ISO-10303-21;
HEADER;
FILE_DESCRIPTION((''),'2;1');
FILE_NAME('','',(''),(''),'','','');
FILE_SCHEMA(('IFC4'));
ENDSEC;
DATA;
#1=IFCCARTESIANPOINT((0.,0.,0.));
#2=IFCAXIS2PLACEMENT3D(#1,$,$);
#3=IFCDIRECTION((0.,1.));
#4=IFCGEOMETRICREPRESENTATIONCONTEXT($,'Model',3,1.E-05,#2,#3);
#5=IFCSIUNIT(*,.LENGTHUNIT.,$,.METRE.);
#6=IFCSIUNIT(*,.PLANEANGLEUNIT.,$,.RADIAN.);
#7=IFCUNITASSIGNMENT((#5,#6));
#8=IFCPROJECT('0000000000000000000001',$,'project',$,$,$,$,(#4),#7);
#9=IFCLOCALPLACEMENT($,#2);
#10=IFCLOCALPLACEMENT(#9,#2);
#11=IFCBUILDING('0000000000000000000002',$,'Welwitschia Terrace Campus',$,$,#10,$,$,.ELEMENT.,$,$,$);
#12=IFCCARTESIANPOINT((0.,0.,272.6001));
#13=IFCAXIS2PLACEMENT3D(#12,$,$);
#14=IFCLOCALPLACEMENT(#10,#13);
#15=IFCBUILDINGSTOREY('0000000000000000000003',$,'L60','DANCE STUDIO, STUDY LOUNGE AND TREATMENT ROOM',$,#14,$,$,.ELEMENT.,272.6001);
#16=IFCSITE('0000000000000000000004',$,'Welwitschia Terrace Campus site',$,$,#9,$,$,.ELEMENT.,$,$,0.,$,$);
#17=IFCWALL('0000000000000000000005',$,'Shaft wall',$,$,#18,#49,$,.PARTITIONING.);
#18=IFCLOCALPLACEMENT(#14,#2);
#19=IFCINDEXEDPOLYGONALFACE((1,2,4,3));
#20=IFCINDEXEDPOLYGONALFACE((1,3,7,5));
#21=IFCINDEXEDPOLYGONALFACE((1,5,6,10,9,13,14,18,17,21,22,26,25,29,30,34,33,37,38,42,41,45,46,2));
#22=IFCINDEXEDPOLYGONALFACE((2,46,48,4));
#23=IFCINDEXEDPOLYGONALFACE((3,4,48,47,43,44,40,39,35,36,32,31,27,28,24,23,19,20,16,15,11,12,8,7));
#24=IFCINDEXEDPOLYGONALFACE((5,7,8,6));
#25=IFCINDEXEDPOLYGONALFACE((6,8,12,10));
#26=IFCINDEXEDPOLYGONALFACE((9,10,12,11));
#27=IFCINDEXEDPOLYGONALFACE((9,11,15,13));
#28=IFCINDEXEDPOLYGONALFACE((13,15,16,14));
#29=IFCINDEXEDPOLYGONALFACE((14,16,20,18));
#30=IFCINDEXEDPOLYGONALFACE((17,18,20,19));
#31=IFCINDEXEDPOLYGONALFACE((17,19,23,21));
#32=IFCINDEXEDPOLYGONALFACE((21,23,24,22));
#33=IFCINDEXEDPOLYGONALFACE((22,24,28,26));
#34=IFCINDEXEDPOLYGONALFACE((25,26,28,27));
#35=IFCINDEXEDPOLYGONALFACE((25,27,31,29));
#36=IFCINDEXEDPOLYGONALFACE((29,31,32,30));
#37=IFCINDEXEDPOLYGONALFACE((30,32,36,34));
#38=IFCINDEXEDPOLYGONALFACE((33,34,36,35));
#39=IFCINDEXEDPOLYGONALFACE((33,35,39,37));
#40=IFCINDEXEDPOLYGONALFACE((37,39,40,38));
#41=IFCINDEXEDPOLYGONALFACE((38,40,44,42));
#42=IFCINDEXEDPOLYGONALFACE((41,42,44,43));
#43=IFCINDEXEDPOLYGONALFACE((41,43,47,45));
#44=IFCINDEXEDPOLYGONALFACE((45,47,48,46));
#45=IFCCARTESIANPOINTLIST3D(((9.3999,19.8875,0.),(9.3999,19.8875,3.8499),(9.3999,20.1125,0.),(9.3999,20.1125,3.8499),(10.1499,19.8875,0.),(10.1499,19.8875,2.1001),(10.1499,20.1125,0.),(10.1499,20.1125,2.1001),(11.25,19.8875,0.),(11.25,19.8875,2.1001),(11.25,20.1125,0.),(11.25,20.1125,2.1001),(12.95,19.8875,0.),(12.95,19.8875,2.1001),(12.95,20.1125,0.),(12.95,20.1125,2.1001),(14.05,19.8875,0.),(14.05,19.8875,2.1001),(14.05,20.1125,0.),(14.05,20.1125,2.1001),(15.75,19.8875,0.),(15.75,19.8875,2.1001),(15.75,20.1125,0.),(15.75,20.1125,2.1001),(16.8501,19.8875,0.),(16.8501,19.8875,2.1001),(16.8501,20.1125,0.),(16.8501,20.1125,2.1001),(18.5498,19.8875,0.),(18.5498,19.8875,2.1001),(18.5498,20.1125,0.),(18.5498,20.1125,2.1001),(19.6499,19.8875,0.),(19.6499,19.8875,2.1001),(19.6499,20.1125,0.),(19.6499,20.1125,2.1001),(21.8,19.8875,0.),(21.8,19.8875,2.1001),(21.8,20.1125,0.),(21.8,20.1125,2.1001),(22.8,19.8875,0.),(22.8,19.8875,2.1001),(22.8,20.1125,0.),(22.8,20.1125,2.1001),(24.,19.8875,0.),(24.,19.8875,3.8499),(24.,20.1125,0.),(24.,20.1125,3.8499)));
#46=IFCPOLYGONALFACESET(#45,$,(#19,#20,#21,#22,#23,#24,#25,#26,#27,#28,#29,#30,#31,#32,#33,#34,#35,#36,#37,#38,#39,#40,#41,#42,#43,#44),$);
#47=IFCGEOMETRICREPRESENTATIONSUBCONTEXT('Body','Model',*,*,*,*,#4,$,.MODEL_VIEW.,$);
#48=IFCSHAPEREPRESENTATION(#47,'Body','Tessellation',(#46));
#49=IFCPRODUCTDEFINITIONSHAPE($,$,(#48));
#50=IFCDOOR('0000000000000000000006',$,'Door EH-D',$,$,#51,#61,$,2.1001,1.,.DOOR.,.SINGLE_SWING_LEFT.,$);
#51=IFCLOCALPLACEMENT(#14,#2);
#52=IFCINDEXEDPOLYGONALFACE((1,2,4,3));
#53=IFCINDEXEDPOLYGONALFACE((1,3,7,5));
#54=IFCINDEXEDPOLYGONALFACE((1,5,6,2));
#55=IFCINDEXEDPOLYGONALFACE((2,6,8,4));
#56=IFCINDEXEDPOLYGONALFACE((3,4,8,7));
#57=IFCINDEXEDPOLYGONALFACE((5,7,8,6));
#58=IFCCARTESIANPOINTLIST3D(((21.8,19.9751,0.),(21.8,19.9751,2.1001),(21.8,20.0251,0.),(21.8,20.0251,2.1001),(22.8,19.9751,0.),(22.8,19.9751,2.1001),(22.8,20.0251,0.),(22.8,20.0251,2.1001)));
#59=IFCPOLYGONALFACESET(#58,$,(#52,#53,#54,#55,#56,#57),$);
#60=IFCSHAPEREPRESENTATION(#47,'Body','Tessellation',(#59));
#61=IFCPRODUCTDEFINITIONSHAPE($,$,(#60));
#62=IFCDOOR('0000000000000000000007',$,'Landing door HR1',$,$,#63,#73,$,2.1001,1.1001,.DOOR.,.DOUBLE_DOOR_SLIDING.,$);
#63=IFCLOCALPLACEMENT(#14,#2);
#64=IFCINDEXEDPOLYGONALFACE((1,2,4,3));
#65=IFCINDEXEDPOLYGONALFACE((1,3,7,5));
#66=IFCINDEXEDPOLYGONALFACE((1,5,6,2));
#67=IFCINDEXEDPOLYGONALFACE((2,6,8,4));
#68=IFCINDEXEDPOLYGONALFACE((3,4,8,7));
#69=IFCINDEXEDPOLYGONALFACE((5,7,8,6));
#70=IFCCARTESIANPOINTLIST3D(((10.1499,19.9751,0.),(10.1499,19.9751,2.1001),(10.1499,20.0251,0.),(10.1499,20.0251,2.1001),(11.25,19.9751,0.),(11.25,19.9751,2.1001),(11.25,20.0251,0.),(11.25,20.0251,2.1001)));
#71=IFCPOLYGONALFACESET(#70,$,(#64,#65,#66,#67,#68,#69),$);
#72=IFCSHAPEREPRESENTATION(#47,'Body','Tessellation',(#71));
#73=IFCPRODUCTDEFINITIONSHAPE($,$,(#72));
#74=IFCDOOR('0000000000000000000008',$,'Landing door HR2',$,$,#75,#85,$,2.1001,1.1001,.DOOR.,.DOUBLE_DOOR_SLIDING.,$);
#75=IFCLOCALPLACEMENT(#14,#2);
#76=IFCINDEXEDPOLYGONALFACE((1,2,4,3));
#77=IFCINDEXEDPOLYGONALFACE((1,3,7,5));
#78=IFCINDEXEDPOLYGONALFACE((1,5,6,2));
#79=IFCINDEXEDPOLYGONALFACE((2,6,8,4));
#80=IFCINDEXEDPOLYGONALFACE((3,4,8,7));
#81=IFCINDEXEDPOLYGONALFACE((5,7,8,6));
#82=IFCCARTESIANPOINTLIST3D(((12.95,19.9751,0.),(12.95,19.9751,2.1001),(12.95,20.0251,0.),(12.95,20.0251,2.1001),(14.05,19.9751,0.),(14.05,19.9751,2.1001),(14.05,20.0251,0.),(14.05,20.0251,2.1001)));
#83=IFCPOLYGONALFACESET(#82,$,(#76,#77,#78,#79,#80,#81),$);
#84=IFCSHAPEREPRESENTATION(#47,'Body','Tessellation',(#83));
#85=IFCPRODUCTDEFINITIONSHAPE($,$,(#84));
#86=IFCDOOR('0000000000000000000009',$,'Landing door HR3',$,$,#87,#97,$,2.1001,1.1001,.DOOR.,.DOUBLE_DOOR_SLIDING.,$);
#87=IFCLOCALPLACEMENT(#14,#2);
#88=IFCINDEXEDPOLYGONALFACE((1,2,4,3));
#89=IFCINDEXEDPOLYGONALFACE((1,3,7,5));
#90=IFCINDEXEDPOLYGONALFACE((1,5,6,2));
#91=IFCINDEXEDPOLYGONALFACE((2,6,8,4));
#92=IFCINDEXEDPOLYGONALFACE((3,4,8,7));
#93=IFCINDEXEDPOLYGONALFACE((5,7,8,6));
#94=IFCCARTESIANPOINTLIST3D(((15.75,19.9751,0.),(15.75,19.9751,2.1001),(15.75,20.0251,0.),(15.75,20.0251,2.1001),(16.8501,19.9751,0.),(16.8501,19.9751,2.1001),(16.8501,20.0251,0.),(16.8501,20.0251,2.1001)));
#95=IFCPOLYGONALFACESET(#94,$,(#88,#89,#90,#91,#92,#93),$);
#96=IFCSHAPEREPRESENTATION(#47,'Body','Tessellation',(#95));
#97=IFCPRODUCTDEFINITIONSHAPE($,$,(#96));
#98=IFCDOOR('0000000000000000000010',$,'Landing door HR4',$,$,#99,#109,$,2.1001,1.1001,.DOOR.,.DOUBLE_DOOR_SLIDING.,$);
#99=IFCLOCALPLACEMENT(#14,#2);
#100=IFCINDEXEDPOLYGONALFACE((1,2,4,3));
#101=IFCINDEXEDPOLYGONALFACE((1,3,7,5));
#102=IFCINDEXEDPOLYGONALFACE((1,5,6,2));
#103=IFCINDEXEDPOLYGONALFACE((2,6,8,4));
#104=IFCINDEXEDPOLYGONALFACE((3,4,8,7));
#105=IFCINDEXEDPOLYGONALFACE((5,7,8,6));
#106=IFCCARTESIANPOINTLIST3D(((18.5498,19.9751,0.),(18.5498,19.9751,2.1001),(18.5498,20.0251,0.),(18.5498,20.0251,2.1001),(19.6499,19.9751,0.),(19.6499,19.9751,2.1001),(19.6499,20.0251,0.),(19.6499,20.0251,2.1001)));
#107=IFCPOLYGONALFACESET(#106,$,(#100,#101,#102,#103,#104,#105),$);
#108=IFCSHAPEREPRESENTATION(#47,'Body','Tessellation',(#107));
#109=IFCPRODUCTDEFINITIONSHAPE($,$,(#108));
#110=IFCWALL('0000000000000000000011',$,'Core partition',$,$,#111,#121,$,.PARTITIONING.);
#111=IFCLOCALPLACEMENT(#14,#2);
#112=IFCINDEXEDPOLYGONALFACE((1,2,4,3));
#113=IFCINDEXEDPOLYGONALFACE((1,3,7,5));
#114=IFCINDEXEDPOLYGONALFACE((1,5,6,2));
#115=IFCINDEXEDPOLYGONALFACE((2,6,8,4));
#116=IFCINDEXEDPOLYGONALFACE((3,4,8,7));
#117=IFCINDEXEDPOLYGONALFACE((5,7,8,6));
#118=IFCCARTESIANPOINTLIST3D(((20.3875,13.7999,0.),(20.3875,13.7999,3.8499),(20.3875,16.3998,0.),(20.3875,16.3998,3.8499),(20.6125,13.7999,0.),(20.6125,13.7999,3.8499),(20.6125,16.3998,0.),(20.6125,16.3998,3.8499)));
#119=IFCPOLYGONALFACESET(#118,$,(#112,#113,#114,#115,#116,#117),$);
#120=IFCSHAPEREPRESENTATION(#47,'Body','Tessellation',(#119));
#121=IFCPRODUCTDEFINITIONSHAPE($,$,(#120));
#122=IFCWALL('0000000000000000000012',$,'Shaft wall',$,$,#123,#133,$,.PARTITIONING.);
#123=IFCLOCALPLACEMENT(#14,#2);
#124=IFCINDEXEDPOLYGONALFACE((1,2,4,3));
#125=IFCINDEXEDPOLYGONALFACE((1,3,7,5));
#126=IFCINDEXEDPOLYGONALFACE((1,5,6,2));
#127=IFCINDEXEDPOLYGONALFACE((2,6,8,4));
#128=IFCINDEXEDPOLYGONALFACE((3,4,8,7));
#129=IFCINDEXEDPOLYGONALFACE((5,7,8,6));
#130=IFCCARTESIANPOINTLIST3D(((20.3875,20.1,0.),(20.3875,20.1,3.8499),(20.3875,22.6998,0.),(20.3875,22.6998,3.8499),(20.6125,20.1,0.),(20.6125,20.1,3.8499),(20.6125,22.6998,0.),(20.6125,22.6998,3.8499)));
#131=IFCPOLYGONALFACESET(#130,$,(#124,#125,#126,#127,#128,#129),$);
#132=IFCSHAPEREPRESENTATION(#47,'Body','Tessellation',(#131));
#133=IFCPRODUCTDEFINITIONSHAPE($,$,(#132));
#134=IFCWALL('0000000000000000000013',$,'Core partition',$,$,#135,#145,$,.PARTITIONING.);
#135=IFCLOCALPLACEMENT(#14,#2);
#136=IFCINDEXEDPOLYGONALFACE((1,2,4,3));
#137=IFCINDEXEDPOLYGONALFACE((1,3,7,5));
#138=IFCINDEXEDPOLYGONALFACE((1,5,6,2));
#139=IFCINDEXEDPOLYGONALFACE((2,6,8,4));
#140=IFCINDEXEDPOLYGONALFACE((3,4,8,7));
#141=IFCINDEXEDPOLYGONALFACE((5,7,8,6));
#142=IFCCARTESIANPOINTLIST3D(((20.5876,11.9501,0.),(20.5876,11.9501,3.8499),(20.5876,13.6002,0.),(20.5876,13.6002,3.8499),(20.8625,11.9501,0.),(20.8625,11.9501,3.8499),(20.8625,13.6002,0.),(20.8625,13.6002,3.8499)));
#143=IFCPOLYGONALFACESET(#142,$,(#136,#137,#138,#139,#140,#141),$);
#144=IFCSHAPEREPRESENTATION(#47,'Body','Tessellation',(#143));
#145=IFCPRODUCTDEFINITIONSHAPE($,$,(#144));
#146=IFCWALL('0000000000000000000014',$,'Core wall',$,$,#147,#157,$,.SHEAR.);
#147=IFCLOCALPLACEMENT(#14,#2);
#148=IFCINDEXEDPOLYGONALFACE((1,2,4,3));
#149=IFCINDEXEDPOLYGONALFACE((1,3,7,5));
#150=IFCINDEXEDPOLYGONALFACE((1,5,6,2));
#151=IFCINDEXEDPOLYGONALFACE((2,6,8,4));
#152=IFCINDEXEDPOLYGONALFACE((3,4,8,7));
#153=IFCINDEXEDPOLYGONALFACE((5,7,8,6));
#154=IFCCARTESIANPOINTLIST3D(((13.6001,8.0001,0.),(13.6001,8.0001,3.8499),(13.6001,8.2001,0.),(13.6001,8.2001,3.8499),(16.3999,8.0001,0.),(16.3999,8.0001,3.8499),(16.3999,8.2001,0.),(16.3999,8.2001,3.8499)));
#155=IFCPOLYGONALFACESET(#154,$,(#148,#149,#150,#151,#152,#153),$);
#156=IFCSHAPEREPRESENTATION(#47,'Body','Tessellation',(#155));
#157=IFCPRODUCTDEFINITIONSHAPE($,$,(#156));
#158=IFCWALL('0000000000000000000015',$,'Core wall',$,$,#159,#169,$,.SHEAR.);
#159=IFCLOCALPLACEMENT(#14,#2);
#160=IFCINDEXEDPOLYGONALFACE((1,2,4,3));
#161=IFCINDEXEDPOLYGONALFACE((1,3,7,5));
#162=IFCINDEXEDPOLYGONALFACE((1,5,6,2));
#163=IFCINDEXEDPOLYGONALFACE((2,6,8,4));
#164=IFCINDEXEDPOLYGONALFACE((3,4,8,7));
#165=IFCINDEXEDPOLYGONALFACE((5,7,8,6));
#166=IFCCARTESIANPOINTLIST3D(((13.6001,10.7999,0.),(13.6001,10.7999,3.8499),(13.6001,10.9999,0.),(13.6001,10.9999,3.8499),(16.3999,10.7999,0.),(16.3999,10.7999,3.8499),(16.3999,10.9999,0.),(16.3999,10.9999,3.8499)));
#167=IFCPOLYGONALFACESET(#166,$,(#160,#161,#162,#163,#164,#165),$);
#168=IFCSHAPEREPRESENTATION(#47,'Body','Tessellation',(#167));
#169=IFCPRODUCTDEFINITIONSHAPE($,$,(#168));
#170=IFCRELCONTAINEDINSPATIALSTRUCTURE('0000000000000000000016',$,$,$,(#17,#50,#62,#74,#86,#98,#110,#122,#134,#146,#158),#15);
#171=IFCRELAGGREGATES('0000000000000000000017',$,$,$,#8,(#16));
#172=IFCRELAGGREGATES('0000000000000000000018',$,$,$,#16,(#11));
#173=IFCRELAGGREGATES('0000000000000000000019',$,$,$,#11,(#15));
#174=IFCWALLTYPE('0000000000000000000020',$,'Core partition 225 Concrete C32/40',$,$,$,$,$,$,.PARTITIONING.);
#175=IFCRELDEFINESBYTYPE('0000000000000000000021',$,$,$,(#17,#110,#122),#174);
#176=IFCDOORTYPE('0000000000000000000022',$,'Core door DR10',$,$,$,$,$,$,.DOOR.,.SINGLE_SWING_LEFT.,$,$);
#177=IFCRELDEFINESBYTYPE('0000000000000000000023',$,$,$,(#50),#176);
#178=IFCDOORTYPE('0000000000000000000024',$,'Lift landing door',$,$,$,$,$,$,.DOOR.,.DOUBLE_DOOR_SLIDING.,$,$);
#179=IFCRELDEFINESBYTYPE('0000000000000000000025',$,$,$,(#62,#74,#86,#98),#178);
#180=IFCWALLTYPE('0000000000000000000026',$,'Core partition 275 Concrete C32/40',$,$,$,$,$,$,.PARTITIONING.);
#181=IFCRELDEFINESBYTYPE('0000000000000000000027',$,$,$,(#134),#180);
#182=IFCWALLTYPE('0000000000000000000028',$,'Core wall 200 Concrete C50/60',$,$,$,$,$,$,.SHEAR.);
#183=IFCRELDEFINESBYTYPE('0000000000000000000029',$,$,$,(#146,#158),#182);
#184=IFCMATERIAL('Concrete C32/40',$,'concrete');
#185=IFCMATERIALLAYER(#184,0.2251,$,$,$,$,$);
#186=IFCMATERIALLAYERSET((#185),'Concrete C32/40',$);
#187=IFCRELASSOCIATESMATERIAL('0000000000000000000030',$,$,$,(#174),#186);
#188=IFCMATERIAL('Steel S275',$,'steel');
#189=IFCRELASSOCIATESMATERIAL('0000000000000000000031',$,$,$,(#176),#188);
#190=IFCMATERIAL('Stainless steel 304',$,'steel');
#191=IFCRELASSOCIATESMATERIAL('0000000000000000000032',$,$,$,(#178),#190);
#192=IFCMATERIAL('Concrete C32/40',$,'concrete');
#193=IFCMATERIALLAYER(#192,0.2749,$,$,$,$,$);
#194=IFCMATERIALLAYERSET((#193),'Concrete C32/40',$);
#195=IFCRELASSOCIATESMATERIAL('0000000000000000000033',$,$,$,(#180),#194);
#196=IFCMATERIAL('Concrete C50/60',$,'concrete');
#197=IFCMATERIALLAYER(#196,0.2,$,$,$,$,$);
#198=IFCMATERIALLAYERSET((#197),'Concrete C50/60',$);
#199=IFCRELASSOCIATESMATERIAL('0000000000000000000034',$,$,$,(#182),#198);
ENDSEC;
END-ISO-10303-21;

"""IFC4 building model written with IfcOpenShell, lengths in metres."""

from ifc_helpers import new_model, si_unit, direction, frame, frame_2d, origin, place, context, subcontext, project, spatial, rectangle, extrude, material, layer, layer_set, type_object, element, fill, save


model = new_model("IFC4")

# Units and contexts
model_context = context("Model", 3, precision=1e-05, world=origin(), true_north=direction((0.0, 1.0)))
body_context = subcontext(model_context, "Body", "Model", "MODEL_VIEW")
ifc_project = project(units=[si_unit("LENGTHUNIT", "METRE"), si_unit("PLANEANGLEUNIT", "RADIAN")], contexts=[model_context])

# Site, building, storey
site_placement = place(None, origin())
site = spatial("IfcSite", under=ifc_project, at=site_placement, Name="Welwitschia Terrace Campus site", CompositionType="ELEMENT", RefElevation=0.0)
building_placement = place(site_placement, origin())
building = spatial("IfcBuilding", under=site, at=building_placement, Name="Welwitschia Terrace Campus", CompositionType="ELEMENT")
storey_placement = place(building_placement, frame((0.0, 0.0, 272.6001)))
storey = spatial("IfcBuildingStorey", under=building, at=storey_placement, Name="L60", Description="DANCE STUDIO, STUDY LOUNGE AND TREATMENT ROOM", CompositionType="ELEMENT", Elevation=272.6001)

# Shared definitions
ifc_material_1 = material(Name="Concrete C32/40", Category="concrete")
ifc_layer_1 = layer(ifc_material_1, 0.2251)
ifc_layer_set_1 = layer_set([ifc_layer_1], Name="Concrete C32/40")
wall_type_1 = type_object("IfcWallType", Name="Core partition 225 Concrete C32/40", PredefinedType="PARTITIONING", material=ifc_layer_set_1)

# Wall, openings, doors
wall_1_placement = place(storey_placement, frame((24.0, 20.0, 0.0), z_axis=(0.0, 0.0, 1.0), x_axis=(-1.0, 0.0, 0.0)))
wall_1 = element("IfcWall", 1, at=wall_1_placement, inside=storey, type_object=wall_type_1, Name="Shaft wall", PredefinedType="PARTITIONING", context=body_context, shape_type="SweptSolid", body=[
    extrude(rectangle(XDim=14.6001, YDim=0.2251, at=frame_2d((7.3, 0.0))), origin(), (0.0, 0.0, 1.0), 3.8499),
])
opening_1_placement = place(wall_1_placement, frame((12.75, 0.0, 0.0)))
opening_1 = element("IfcOpeningElement", 2, at=opening_1_placement, cuts=wall_1, PredefinedType="OPENING", context=body_context, shape_type="SweptSolid", body=[
    extrude(rectangle(XDim=1.1001, YDim=2.1001, at=frame_2d((0.55, 1.05))), frame((0.0, 0.1226, 0.0), z_axis=(0.0, -1.0, 0.0), x_axis=(1.0, 0.0, 0.0)), (0.0, 0.0, 1.0), 0.2451),
])
opening_2_placement = place(wall_1_placement, frame((9.95, 0.0, 0.0)))
opening_2 = element("IfcOpeningElement", 3, at=opening_2_placement, cuts=wall_1, PredefinedType="OPENING", context=body_context, shape_type="SweptSolid", body=[
    extrude(rectangle(XDim=1.1001, YDim=2.1001, at=frame_2d((0.55, 1.05))), frame((0.0, 0.1226, 0.0), z_axis=(0.0, -1.0, 0.0), x_axis=(1.0, 0.0, 0.0)), (0.0, 0.0, 1.0), 0.2451),
])
opening_3_placement = place(wall_1_placement, frame((7.1499, 0.0, 0.0)))
opening_3 = element("IfcOpeningElement", 4, at=opening_3_placement, cuts=wall_1, PredefinedType="OPENING", context=body_context, shape_type="SweptSolid", body=[
    extrude(rectangle(XDim=1.1001, YDim=2.1001, at=frame_2d((0.55, 1.05))), frame((0.0, 0.1226, 0.0), z_axis=(0.0, -1.0, 0.0), x_axis=(1.0, 0.0, 0.0)), (0.0, 0.0, 1.0), 0.2451),
])
opening_4_placement = place(wall_1_placement, frame((4.3501, 0.0, 0.0)))
opening_4 = element("IfcOpeningElement", 5, at=opening_4_placement, cuts=wall_1, PredefinedType="OPENING", context=body_context, shape_type="SweptSolid", body=[
    extrude(rectangle(XDim=1.1001, YDim=2.1001, at=frame_2d((0.55, 1.05))), frame((0.0, 0.1226, 0.0), z_axis=(0.0, -1.0, 0.0), x_axis=(1.0, 0.0, 0.0)), (0.0, 0.0, 1.0), 0.2451),
])
opening_5_placement = place(wall_1_placement, frame((1.2, 0.0, 0.0)))
opening_5 = element("IfcOpeningElement", 6, at=opening_5_placement, cuts=wall_1, PredefinedType="OPENING", context=body_context, shape_type="SweptSolid", body=[
    extrude(rectangle(XDim=1.0, YDim=2.1001, at=frame_2d((0.5, 1.05))), frame((0.0, 0.1226, 0.0), z_axis=(0.0, -1.0, 0.0), x_axis=(1.0, 0.0, 0.0)), (0.0, 0.0, 1.0), 0.2451),
])
ifc_material_2 = material(Name="Steel S275", Category="steel")
door_type_1 = type_object("IfcDoorType", Name="Core door DR10", OperationType="SINGLE_SWING_LEFT", PredefinedType="DOOR", material=ifc_material_2)
door_1_placement = place(opening_5_placement, origin())
door_1 = element("IfcDoor", 7, at=door_1_placement, inside=storey, type_object=door_type_1, Name="Door EH-D", OperationType="SINGLE_SWING_LEFT", OverallHeight=2.1001, OverallWidth=1.0, PredefinedType="DOOR", context=body_context, shape_type="SweptSolid", body=[
    extrude(rectangle(XDim=1.0, YDim=2.1001, at=frame_2d((0.5, 1.05))), frame((0.0, 0.0249, 0.0), z_axis=(0.0, -1.0, 0.0), x_axis=(1.0, 0.0, 0.0)), (0.0, 0.0, 1.0), 0.05),
])
fill(opening_5, door_1)
ifc_material_3 = material(Name="Stainless steel 304", Category="steel")
door_type_2 = type_object("IfcDoorType", Name="Lift landing door", OperationType="DOUBLE_DOOR_SLIDING", PredefinedType="DOOR", material=ifc_material_3)
door_2_placement = place(opening_1_placement, origin())
door_2 = element("IfcDoor", 8, at=door_2_placement, inside=storey, type_object=door_type_2, Name="Landing door HR1", OperationType="DOUBLE_DOOR_SLIDING", OverallHeight=2.1001, OverallWidth=1.1001, PredefinedType="DOOR", context=body_context, shape_type="SweptSolid", body=[
    extrude(rectangle(XDim=1.1001, YDim=2.1001, at=frame_2d((0.55, 1.05))), frame((0.0, 0.0249, 0.0), z_axis=(0.0, -1.0, 0.0), x_axis=(1.0, 0.0, 0.0)), (0.0, 0.0, 1.0), 0.05),
])
fill(opening_1, door_2)
door_3_placement = place(opening_2_placement, origin())
door_3 = element("IfcDoor", 9, at=door_3_placement, inside=storey, type_object=door_type_2, Name="Landing door HR2", OperationType="DOUBLE_DOOR_SLIDING", OverallHeight=2.1001, OverallWidth=1.1001, PredefinedType="DOOR", context=body_context, shape_type="SweptSolid", body=[
    extrude(rectangle(XDim=1.1001, YDim=2.1001, at=frame_2d((0.55, 1.05))), frame((0.0, 0.0249, 0.0), z_axis=(0.0, -1.0, 0.0), x_axis=(1.0, 0.0, 0.0)), (0.0, 0.0, 1.0), 0.05),
])
fill(opening_2, door_3)
door_4_placement = place(opening_3_placement, origin())
door_4 = element("IfcDoor", 10, at=door_4_placement, inside=storey, type_object=door_type_2, Name="Landing door HR3", OperationType="DOUBLE_DOOR_SLIDING", OverallHeight=2.1001, OverallWidth=1.1001, PredefinedType="DOOR", context=body_context, shape_type="SweptSolid", body=[
    extrude(rectangle(XDim=1.1001, YDim=2.1001, at=frame_2d((0.55, 1.05))), frame((0.0, 0.0249, 0.0), z_axis=(0.0, -1.0, 0.0), x_axis=(1.0, 0.0, 0.0)), (0.0, 0.0, 1.0), 0.05),
])
fill(opening_3, door_4)
door_5_placement = place(opening_4_placement, origin())
door_5 = element("IfcDoor", 11, at=door_5_placement, inside=storey, type_object=door_type_2, Name="Landing door HR4", OperationType="DOUBLE_DOOR_SLIDING", OverallHeight=2.1001, OverallWidth=1.1001, PredefinedType="DOOR", context=body_context, shape_type="SweptSolid", body=[
    extrude(rectangle(XDim=1.1001, YDim=2.1001, at=frame_2d((0.55, 1.05))), frame((0.0, 0.0249, 0.0), z_axis=(0.0, -1.0, 0.0), x_axis=(1.0, 0.0, 0.0)), (0.0, 0.0, 1.0), 0.05),
])
fill(opening_4, door_5)

# Walls
for number, where, z_axis, x_axis, name in (
    (12, (20.5, 13.8, 0.0), (0.0, 0.0, 1.0), (0.0, 1.0, 0.0), "Core partition"),
    (13, (20.5, 20.1001, 0.0), (0.0, 0.0, 1.0), (0.0, 1.0, 0.0), "Shaft wall"),
):
    element("IfcWall", number, at=place(storey_placement, frame(where, z_axis=z_axis, x_axis=x_axis)), inside=storey, type_object=wall_type_1, Name=name, PredefinedType="PARTITIONING", context=body_context, shape_type="SweptSolid", body=[
        extrude(rectangle(XDim=2.5999, YDim=0.2251, at=frame_2d((1.2998, 0.0))), origin(), (0.0, 0.0, 1.0), 3.8499),
    ])
ifc_material_4 = material(Name="Concrete C32/40", Category="concrete")
ifc_layer_2 = layer(ifc_material_4, 0.2749)
ifc_layer_set_2 = layer_set([ifc_layer_2], Name="Concrete C32/40")
wall_type_2 = type_object("IfcWallType", Name="Core partition 275 Concrete C32/40", PredefinedType="PARTITIONING", material=ifc_layer_set_2)
wall_2_placement = place(storey_placement, frame((20.7251, 11.95, 0.0), z_axis=(0.0, 0.0, 1.0), x_axis=(0.0, 1.0, 0.0)))
element("IfcWall", 14, at=wall_2_placement, inside=storey, type_object=wall_type_2, Name="Core partition", PredefinedType="PARTITIONING", context=body_context, shape_type="SweptSolid", body=[
    extrude(rectangle(XDim=1.6501, YDim=0.2749, at=frame_2d((0.8252, 0.0))), origin(), (0.0, 0.0, 1.0), 3.8499),
])
ifc_material_5 = material(Name="Concrete C50/60", Category="concrete")
ifc_layer_3 = layer(ifc_material_5, 0.2)
ifc_layer_set_3 = layer_set([ifc_layer_3], Name="Concrete C50/60")
wall_type_3 = type_object("IfcWallType", Name="Core wall 200 Concrete C50/60", PredefinedType="SHEAR", material=ifc_layer_set_3)
for number, where, z_axis, x_axis, name in (
    (15, (13.6001, 8.1001, 0.0), (0.0, 0.0, 1.0), (1.0, 0.0, 0.0), "Core wall"),
    (16, (13.6001, 10.8999, 0.0), (0.0, 0.0, 1.0), (1.0, 0.0, 0.0), "Core wall"),
):
    element("IfcWall", number, at=place(storey_placement, frame(where, z_axis=z_axis, x_axis=x_axis)), inside=storey, type_object=wall_type_3, Name=name, PredefinedType="SHEAR", context=body_context, shape_type="SweptSolid", body=[
        extrude(rectangle(XDim=2.7998, YDim=0.2, at=frame_2d((1.3999, 0.0))), origin(), (0.0, 0.0, 1.0), 3.8499),
    ])

save(model, "model.ifc")
